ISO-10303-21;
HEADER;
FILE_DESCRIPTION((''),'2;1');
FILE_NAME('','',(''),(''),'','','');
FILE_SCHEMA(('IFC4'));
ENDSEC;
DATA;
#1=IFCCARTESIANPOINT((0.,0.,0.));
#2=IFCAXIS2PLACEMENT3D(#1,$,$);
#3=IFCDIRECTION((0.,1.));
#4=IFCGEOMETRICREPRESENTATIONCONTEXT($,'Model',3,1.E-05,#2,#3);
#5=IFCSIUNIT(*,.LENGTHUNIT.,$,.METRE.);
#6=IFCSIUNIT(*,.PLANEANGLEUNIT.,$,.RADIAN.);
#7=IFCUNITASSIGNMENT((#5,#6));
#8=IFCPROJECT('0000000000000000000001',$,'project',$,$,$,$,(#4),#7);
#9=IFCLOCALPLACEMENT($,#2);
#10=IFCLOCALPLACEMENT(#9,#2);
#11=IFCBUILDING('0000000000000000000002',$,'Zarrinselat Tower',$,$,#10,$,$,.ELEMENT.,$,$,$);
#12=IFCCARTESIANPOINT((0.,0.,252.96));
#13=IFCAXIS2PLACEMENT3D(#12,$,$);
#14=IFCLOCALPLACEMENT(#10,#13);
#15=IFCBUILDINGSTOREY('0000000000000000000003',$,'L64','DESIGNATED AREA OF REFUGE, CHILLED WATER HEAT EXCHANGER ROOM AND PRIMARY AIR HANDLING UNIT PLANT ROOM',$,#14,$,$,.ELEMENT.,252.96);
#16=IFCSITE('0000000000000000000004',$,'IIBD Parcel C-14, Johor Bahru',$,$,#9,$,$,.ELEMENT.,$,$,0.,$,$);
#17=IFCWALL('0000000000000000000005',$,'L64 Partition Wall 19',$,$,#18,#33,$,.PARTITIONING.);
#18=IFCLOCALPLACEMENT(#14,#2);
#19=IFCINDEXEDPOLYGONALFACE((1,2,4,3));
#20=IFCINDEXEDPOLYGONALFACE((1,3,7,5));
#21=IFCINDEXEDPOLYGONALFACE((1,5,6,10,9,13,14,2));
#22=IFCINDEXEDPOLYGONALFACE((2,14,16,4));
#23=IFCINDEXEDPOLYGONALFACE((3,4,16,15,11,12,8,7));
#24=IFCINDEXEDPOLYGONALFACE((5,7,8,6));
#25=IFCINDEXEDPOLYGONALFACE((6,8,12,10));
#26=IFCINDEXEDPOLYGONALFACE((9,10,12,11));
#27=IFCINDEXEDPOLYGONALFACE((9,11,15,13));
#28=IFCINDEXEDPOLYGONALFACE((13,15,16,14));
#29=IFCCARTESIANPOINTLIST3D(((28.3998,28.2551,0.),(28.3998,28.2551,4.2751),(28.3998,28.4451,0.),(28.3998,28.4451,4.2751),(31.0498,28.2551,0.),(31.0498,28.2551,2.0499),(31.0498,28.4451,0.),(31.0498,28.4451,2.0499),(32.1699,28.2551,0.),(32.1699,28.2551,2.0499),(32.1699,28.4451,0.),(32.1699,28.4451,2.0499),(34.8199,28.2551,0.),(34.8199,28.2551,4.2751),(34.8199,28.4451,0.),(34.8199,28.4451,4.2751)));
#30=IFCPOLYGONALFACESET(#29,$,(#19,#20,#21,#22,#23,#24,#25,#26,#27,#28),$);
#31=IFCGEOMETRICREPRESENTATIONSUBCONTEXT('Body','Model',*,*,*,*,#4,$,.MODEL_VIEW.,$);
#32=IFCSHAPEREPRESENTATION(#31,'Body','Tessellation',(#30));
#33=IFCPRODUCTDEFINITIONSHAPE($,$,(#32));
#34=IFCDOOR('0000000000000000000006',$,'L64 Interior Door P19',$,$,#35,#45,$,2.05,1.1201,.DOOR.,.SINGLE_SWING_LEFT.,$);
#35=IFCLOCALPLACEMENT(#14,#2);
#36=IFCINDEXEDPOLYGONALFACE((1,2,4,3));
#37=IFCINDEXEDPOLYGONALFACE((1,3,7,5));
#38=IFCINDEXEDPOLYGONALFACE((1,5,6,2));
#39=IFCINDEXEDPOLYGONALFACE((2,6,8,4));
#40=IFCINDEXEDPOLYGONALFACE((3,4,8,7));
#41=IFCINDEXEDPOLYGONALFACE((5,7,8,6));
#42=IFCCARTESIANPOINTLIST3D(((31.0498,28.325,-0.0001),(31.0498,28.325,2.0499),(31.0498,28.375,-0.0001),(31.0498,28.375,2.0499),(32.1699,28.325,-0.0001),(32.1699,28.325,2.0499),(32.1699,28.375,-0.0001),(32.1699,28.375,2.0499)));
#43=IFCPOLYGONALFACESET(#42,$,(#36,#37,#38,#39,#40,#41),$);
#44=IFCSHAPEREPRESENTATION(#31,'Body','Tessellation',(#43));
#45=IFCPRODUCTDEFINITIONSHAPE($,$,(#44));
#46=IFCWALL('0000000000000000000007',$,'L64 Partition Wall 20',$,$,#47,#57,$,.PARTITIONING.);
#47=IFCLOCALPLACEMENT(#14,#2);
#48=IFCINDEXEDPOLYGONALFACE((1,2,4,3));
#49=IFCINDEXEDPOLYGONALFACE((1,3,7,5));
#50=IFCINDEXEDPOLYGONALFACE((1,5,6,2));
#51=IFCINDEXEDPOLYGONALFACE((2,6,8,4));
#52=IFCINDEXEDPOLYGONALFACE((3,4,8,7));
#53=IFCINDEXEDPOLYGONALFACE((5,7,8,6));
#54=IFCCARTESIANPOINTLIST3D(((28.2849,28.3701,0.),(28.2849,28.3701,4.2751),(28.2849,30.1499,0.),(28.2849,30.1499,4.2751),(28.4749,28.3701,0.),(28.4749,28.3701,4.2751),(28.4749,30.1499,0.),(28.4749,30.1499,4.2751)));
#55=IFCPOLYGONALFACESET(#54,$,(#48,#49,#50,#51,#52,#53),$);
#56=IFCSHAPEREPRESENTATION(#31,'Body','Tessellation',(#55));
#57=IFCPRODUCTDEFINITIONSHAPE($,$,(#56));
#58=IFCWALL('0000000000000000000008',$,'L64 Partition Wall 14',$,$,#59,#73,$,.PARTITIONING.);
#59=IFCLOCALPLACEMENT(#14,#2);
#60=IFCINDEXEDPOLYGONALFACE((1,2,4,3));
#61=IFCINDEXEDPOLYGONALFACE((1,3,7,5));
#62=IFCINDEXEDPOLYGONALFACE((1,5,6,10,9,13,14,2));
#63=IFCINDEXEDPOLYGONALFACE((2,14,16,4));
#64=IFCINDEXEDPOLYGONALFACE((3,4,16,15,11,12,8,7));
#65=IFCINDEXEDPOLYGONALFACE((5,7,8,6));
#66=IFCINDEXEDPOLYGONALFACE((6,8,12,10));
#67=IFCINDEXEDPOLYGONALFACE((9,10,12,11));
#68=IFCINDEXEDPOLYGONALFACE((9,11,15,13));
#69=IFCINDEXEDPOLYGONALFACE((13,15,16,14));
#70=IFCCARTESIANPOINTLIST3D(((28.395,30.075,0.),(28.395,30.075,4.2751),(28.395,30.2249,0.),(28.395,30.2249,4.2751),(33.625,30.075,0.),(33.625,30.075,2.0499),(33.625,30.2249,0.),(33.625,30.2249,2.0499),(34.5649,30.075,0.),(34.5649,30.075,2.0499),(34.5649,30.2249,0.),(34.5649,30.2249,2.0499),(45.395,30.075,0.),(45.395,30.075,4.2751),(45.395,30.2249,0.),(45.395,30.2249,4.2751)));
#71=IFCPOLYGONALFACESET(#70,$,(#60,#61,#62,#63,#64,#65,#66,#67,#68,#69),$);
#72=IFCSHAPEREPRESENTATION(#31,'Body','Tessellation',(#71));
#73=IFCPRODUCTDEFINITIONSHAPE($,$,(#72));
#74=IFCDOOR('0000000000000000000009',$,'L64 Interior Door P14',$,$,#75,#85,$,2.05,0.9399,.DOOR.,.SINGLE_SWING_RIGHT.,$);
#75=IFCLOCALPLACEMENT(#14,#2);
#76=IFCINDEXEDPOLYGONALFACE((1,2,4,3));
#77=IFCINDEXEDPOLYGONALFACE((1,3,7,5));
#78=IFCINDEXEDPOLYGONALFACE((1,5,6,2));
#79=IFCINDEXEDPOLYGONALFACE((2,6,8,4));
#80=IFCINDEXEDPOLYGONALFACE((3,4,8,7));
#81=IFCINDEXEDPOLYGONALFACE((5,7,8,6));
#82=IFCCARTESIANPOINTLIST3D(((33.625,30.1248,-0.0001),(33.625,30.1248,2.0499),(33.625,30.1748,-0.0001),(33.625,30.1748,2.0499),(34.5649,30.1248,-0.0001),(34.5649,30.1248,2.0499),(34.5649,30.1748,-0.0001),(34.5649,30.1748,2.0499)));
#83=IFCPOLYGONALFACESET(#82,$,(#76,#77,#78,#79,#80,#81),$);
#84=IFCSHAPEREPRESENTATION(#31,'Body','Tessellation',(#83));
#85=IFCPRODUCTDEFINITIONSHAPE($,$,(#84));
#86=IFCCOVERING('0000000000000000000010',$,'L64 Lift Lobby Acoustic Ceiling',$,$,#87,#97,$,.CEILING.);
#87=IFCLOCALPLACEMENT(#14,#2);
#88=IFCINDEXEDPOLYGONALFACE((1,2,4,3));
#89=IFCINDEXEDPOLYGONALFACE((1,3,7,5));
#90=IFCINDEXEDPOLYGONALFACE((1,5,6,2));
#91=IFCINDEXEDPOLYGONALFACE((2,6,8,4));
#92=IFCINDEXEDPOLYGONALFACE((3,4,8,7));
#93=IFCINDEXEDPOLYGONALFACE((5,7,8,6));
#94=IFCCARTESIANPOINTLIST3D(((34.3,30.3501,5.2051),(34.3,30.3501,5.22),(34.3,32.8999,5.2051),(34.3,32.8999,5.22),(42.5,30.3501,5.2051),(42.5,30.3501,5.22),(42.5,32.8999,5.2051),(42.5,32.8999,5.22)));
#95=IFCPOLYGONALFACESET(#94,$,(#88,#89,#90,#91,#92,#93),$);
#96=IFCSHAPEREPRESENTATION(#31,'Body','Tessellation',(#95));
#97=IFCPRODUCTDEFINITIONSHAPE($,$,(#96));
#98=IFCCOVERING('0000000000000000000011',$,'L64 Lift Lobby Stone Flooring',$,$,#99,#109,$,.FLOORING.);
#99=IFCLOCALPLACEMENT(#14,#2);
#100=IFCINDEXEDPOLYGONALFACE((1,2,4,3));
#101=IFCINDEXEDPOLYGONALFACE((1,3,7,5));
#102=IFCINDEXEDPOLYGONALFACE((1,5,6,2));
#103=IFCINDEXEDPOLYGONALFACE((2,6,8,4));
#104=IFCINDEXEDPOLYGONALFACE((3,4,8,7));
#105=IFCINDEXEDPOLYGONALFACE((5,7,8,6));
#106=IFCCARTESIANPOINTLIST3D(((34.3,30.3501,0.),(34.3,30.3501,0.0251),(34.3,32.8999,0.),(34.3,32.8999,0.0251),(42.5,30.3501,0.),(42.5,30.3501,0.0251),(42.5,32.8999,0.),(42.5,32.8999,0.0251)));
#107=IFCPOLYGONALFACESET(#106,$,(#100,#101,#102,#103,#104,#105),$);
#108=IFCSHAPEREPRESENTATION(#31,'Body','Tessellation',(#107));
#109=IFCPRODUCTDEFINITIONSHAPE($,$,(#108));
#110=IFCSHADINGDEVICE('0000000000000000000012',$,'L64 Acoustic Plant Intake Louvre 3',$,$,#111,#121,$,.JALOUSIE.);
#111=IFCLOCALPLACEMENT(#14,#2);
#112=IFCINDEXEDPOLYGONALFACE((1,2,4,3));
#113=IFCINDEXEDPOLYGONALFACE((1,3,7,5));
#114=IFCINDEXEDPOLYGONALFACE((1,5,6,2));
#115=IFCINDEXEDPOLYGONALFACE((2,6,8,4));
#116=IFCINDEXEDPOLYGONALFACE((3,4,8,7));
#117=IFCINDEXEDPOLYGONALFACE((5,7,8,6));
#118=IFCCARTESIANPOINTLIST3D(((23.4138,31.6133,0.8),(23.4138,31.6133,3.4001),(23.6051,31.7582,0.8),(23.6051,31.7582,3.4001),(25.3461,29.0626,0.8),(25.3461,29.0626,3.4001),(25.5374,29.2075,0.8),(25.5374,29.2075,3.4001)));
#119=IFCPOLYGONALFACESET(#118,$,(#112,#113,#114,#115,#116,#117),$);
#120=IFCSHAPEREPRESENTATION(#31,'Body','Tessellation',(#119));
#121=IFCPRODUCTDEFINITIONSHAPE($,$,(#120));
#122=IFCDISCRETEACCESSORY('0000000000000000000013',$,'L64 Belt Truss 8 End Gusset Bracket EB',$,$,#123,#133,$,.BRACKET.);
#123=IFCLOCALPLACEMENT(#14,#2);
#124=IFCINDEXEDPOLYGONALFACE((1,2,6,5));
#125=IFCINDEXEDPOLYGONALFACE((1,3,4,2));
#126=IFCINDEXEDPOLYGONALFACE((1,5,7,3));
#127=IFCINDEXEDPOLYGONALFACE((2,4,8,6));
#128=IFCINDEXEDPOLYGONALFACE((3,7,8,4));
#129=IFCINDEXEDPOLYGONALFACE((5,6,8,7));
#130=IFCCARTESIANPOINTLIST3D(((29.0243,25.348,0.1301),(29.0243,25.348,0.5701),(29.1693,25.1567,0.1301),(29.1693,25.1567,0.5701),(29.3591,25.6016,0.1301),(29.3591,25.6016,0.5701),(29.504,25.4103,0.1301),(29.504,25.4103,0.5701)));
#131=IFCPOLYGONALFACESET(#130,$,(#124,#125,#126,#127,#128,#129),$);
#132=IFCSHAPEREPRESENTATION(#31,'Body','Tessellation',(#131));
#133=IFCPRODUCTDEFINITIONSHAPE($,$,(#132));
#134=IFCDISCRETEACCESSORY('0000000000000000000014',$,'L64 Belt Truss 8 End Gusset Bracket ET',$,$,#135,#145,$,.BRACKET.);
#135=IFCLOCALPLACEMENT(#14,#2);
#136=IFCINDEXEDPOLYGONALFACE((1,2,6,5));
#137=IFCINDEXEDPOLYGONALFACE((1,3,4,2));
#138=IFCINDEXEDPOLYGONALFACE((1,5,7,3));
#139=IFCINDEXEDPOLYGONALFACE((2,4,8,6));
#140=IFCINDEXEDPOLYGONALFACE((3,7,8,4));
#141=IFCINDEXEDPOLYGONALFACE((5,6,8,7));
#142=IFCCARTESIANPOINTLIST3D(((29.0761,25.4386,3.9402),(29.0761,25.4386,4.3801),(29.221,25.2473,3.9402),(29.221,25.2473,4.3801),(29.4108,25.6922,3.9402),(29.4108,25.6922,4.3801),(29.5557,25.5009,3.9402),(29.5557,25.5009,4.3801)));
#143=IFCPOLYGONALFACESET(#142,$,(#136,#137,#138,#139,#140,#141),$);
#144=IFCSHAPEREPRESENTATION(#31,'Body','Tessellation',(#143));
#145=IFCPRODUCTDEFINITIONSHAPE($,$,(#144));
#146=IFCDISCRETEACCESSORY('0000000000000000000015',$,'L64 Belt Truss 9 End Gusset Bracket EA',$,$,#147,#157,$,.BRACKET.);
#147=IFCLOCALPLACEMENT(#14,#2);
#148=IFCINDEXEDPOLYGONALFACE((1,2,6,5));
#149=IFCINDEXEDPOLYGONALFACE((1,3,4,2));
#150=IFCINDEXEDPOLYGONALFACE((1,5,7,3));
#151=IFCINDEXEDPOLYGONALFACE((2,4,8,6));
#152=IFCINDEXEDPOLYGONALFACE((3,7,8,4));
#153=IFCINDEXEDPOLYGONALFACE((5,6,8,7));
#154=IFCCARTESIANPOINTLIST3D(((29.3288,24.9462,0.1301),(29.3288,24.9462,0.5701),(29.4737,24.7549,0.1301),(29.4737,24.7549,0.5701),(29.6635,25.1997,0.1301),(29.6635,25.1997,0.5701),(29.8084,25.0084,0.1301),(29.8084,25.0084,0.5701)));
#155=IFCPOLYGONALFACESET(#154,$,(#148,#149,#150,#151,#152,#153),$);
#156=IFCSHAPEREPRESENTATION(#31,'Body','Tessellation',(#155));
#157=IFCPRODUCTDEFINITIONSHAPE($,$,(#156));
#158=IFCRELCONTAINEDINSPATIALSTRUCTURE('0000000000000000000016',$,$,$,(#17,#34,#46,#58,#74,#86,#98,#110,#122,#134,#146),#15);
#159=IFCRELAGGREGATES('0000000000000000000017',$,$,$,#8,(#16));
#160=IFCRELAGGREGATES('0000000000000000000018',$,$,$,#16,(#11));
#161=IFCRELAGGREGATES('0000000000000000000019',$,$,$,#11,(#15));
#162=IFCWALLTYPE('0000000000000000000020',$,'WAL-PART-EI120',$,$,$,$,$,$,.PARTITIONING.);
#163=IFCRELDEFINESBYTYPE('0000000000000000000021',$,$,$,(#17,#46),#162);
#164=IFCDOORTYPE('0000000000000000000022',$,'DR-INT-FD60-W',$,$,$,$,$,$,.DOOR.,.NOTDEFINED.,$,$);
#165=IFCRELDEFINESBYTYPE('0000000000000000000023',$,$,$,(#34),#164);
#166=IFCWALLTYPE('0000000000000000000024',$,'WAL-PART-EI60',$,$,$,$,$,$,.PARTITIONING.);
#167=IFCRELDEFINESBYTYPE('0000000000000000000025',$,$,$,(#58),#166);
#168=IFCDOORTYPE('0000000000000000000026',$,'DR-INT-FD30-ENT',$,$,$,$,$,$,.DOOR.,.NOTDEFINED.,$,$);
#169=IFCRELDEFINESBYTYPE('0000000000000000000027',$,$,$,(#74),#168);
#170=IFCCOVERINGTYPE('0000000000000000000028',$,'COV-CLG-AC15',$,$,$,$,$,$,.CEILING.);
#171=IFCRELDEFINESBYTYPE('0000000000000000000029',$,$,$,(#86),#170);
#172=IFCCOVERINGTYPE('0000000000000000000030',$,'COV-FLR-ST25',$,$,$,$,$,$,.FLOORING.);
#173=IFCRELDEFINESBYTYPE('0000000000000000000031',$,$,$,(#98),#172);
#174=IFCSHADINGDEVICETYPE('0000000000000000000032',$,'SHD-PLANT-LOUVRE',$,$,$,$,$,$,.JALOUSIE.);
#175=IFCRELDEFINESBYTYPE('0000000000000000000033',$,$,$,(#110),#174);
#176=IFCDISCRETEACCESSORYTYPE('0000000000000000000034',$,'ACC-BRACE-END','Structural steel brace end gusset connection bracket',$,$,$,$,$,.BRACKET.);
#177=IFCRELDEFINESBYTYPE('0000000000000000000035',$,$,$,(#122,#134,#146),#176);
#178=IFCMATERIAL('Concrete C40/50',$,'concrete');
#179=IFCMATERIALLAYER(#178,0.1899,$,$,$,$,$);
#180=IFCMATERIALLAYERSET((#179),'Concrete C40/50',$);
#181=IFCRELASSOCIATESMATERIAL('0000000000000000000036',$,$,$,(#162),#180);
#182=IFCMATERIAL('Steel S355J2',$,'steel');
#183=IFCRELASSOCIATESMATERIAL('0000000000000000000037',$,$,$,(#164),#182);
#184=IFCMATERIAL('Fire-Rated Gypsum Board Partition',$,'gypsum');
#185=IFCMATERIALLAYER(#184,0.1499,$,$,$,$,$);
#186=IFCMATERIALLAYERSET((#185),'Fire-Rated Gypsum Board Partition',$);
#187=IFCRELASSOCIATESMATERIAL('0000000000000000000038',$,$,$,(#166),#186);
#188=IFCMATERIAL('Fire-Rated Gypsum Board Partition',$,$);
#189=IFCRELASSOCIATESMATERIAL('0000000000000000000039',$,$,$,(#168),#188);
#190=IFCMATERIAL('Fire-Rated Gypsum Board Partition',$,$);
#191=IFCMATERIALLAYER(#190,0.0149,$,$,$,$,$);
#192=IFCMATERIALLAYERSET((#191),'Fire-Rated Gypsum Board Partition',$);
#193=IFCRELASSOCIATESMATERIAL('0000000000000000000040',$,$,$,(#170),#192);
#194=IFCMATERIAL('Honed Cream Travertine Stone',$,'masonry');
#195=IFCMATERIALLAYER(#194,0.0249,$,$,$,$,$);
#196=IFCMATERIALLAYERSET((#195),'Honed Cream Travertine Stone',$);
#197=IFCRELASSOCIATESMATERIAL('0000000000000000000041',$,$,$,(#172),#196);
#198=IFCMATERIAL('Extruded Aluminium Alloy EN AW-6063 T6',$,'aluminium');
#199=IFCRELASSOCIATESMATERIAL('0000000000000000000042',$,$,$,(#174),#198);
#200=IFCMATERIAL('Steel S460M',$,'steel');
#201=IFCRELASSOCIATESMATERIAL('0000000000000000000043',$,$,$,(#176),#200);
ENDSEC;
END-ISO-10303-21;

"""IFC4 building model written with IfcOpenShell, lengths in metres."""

from ifc_helpers import new_model, si_unit, direction, frame, frame_2d, origin, origin_2d, place, context, subcontext, project, spatial, polyline, rectangle, outline, extrude, material, layer, layer_set, type_object, element, fill, save


model = new_model("IFC4")

# Units and contexts
model_context = context("Model", 3, precision=1e-05, world=origin(), true_north=direction((0.0, 1.0)))
body_context = subcontext(model_context, "Body", "Model", "MODEL_VIEW")
ifc_project = project(units=[si_unit("LENGTHUNIT", "METRE"), si_unit("PLANEANGLEUNIT", "RADIAN")], contexts=[model_context])

# Site, building, storey
site_placement = place(None, origin())
site = spatial("IfcSite", under=ifc_project, at=site_placement, Name="IIBD Parcel C-14, Johor Bahru", CompositionType="ELEMENT", RefElevation=0.0)
building_placement = place(site_placement, origin())
building = spatial("IfcBuilding", under=site, at=building_placement, Name="Zarrinselat Tower", CompositionType="ELEMENT")
storey_placement = place(building_placement, frame((0.0, 0.0, 252.96)))
storey = spatial("IfcBuildingStorey", under=building, at=storey_placement, Name="L64", Description="DESIGNATED AREA OF REFUGE, CHILLED WATER HEAT EXCHANGER ROOM AND PRIMARY AIR HANDLING UNIT PLANT ROOM", CompositionType="ELEMENT", Elevation=252.96)

# Wall, opening, door
ifc_material_1 = material(Name="Concrete C40/50", Category="concrete")
ifc_layer_1 = layer(ifc_material_1, 0.1899)
ifc_layer_set_1 = layer_set([ifc_layer_1], Name="Concrete C40/50")
wall_type_1 = type_object("IfcWallType", Name="WAL-PART-EI120", PredefinedType="PARTITIONING", material=ifc_layer_set_1)
wall_1_placement = place(storey_placement, frame((28.3999, 28.3501, 0.0), z_axis=(0.0, 0.0, 1.0), x_axis=(1.0, 0.0, 0.0)))
wall_1 = element("IfcWall", 1, at=wall_1_placement, inside=storey, type_object=wall_type_1, Name="L64 Partition Wall 19", PredefinedType="PARTITIONING", context=body_context, shape_type="SweptSolid", body=[
    extrude(rectangle(XDim=6.4202, YDim=0.1899, at=frame_2d((3.21, 0.0))), origin(), (0.0, 0.0, 1.0), 4.2751),
])
opening_1_placement = place(wall_1_placement, frame((2.6499, 0.0, 0.0)))
opening_1 = element("IfcOpeningElement", 2, at=opening_1_placement, cuts=wall_1, PredefinedType="OPENING", context=body_context, shape_type="SweptSolid", body=[
    extrude(rectangle(XDim=1.1201, YDim=2.05, at=frame_2d((0.5601, 1.0249))), frame((0.0, 0.105, 0.0), z_axis=(0.0, -1.0, 0.0), x_axis=(1.0, 0.0, 0.0)), (0.0, 0.0, 1.0), 0.21),
])
ifc_material_2 = material(Name="Steel S355J2", Category="steel")
door_type_1 = type_object("IfcDoorType", Name="DR-INT-FD60-W", OperationType="NOTDEFINED", PredefinedType="DOOR", material=ifc_material_2)
door_1_placement = place(opening_1_placement, origin())
door_1 = element("IfcDoor", 3, at=door_1_placement, inside=storey, type_object=door_type_1, Name="L64 Interior Door P19", OperationType="SINGLE_SWING_LEFT", OverallHeight=2.05, OverallWidth=1.1201, PredefinedType="DOOR", context=body_context, shape_type="SweptSolid", body=[
    extrude(rectangle(XDim=1.1201, YDim=2.05, at=frame_2d((0.5601, 1.0249))), frame((0.0, 0.0249, 0.0), z_axis=(0.0, -1.0, 0.0), x_axis=(1.0, 0.0, 0.0)), (0.0, 0.0, 1.0), 0.05),
])
fill(opening_1, door_1)

# Wall
wall_2_placement = place(storey_placement, frame((28.3799, 28.3701, 0.0), z_axis=(0.0, 0.0, 1.0), x_axis=(0.0, 1.0, 0.0)))
element("IfcWall", 4, at=wall_2_placement, inside=storey, type_object=wall_type_1, Name="L64 Partition Wall 20", PredefinedType="PARTITIONING", context=body_context, shape_type="SweptSolid", body=[
    extrude(rectangle(XDim=1.7798, YDim=0.1899, at=frame_2d((0.8899, 0.0))), origin(), (0.0, 0.0, 1.0), 4.2751),
])

# Wall, opening, door
ifc_material_3 = material(Name="Fire-Rated Gypsum Board Partition", Category="gypsum")
ifc_layer_2 = layer(ifc_material_3, 0.1499)
ifc_layer_set_2 = layer_set([ifc_layer_2], Name="Fire-Rated Gypsum Board Partition")
wall_type_2 = type_object("IfcWallType", Name="WAL-PART-EI60", PredefinedType="PARTITIONING", material=ifc_layer_set_2)
wall_3_placement = place(storey_placement, frame((28.395, 30.1499, 0.0), z_axis=(0.0, 0.0, 1.0), x_axis=(1.0, 0.0, 0.0)))
wall_3 = element("IfcWall", 5, at=wall_3_placement, inside=storey, type_object=wall_type_2, Name="L64 Partition Wall 14", PredefinedType="PARTITIONING", context=body_context, shape_type="SweptSolid", body=[
    extrude(rectangle(XDim=17.0, YDim=0.1499, at=frame_2d((8.5, 0.0))), origin(), (0.0, 0.0, 1.0), 4.2751),
])
opening_2_placement = place(wall_3_placement, frame((5.23, 0.0, 0.0)))
opening_2 = element("IfcOpeningElement", 6, at=opening_2_placement, cuts=wall_3, PredefinedType="OPENING", context=body_context, shape_type="SweptSolid", body=[
    extrude(rectangle(XDim=0.9399, YDim=2.05, at=frame_2d((0.47, 1.0249))), frame((0.0, 0.085, 0.0), z_axis=(0.0, -1.0, 0.0), x_axis=(1.0, 0.0, 0.0)), (0.0, 0.0, 1.0), 0.1699),
])
ifc_material_4 = material(Name="Fire-Rated Gypsum Board Partition")
door_type_2 = type_object("IfcDoorType", Name="DR-INT-FD30-ENT", OperationType="NOTDEFINED", PredefinedType="DOOR", material=ifc_material_4)
door_2_placement = place(opening_2_placement, origin())
door_2 = element("IfcDoor", 7, at=door_2_placement, inside=storey, type_object=door_type_2, Name="L64 Interior Door P14", OperationType="SINGLE_SWING_RIGHT", OverallHeight=2.05, OverallWidth=0.9399, PredefinedType="DOOR", context=body_context, shape_type="SweptSolid", body=[
    extrude(rectangle(XDim=0.9399, YDim=2.05, at=frame_2d((0.47, 1.0249))), frame((0.0, 0.0249, 0.0), z_axis=(0.0, -1.0, 0.0), x_axis=(1.0, 0.0, 0.0)), (0.0, 0.0, 1.0), 0.05),
])
fill(opening_2, door_2)

# Coverings
ifc_material_5 = material(Name="Fire-Rated Gypsum Board Partition")
ifc_layer_3 = layer(ifc_material_5, 0.0149)
ifc_layer_set_3 = layer_set([ifc_layer_3], Name="Fire-Rated Gypsum Board Partition")
covering_type_1 = type_object("IfcCoveringType", Name="COV-CLG-AC15", PredefinedType="CEILING", material=ifc_layer_set_3)
covering_1_placement = place(storey_placement, frame((0.0, 0.0, 5.2051)))
element("IfcCovering", 8, at=covering_1_placement, inside=storey, type_object=covering_type_1, Name="L64 Lift Lobby Acoustic Ceiling", PredefinedType="CEILING", context=body_context, shape_type="SweptSolid", body=[
    extrude(outline(polyline([(34.3, 30.3501), (42.5, 30.3501), (42.5, 32.8999), (34.3, 32.8999), (34.3, 30.3501)])), origin(), (0.0, 0.0, 1.0), 0.0149),
])
ifc_material_6 = material(Name="Honed Cream Travertine Stone", Category="masonry")
ifc_layer_4 = layer(ifc_material_6, 0.0249)
ifc_layer_set_4 = layer_set([ifc_layer_4], Name="Honed Cream Travertine Stone")
covering_type_2 = type_object("IfcCoveringType", Name="COV-FLR-ST25", PredefinedType="FLOORING", material=ifc_layer_set_4)
covering_2_placement = place(storey_placement, origin())
element("IfcCovering", 9, at=covering_2_placement, inside=storey, type_object=covering_type_2, Name="L64 Lift Lobby Stone Flooring", PredefinedType="FLOORING", context=body_context, shape_type="SweptSolid", body=[
    extrude(outline(polyline([(34.3, 30.3501), (42.5, 30.3501), (42.5, 32.8999), (34.3, 32.8999), (34.3, 30.3501)])), origin(), (0.0, 0.0, 1.0), 0.0251),
])

# Shading device
ifc_material_7 = material(Name="Extruded Aluminium Alloy EN AW-6063 T6", Category="aluminium")
shading_device_type = type_object("IfcShadingDeviceType", Name="SHD-PLANT-LOUVRE", PredefinedType="JALOUSIE", material=ifc_material_7)
shading_device_placement = place(storey_placement, frame((24.4756, 30.4104, 0.8), z_axis=(0.0, 0.0, 1.0), x_axis=(0.603859, -0.797091, 0.0)))
element("IfcShadingDevice", 10, at=shading_device_placement, inside=storey, type_object=shading_device_type, Name="L64 Acoustic Plant Intake Louvre 3", PredefinedType="JALOUSIE", context=body_context, shape_type="SweptSolid", body=[
    extrude(rectangle(XDim=3.2, YDim=0.24, at=origin_2d()), origin(), (0.0, 0.0, 1.0), 2.6001),
])

# Discrete accessories
ifc_material_8 = material(Name="Steel S460M", Category="steel")
discrete_accessory_type = type_object("IfcDiscreteAccessoryType", Name="ACC-BRACE-END", Description="Structural steel brace end gusset connection bracket", PredefinedType="BRACKET", material=ifc_material_8)
for number, where, z_axis, x_axis, name in (
    (11, (29.2642, 25.3792, 0.1301), (0.0, 0.0, 1.0), (0.603847, -0.7971, 0.0), "L64 Belt Truss 8 End Gusset Bracket EB"),
    (12, (29.3159, 25.4697, 3.9402), (0.0, 0.0, 1.0), (0.603847, -0.7971, 0.0), "L64 Belt Truss 8 End Gusset Bracket ET"),
    (13, (29.5686, 24.9773, 0.1301), (0.0, 0.0, 1.0), (0.603863, -0.797088, 0.0), "L64 Belt Truss 9 End Gusset Bracket EA"),
):
    element("IfcDiscreteAccessory", number, at=place(storey_placement, frame(where, z_axis=z_axis, x_axis=x_axis)), inside=storey, type_object=discrete_accessory_type, Name=name, PredefinedType="BRACKET", context=body_context, shape_type="SweptSolid", body=[
        extrude(rectangle(XDim=0.24, YDim=0.4199, at=origin_2d()), origin(), (0.0, 0.0, 1.0), 0.4399),
    ])

save(model, "model.ifc")
